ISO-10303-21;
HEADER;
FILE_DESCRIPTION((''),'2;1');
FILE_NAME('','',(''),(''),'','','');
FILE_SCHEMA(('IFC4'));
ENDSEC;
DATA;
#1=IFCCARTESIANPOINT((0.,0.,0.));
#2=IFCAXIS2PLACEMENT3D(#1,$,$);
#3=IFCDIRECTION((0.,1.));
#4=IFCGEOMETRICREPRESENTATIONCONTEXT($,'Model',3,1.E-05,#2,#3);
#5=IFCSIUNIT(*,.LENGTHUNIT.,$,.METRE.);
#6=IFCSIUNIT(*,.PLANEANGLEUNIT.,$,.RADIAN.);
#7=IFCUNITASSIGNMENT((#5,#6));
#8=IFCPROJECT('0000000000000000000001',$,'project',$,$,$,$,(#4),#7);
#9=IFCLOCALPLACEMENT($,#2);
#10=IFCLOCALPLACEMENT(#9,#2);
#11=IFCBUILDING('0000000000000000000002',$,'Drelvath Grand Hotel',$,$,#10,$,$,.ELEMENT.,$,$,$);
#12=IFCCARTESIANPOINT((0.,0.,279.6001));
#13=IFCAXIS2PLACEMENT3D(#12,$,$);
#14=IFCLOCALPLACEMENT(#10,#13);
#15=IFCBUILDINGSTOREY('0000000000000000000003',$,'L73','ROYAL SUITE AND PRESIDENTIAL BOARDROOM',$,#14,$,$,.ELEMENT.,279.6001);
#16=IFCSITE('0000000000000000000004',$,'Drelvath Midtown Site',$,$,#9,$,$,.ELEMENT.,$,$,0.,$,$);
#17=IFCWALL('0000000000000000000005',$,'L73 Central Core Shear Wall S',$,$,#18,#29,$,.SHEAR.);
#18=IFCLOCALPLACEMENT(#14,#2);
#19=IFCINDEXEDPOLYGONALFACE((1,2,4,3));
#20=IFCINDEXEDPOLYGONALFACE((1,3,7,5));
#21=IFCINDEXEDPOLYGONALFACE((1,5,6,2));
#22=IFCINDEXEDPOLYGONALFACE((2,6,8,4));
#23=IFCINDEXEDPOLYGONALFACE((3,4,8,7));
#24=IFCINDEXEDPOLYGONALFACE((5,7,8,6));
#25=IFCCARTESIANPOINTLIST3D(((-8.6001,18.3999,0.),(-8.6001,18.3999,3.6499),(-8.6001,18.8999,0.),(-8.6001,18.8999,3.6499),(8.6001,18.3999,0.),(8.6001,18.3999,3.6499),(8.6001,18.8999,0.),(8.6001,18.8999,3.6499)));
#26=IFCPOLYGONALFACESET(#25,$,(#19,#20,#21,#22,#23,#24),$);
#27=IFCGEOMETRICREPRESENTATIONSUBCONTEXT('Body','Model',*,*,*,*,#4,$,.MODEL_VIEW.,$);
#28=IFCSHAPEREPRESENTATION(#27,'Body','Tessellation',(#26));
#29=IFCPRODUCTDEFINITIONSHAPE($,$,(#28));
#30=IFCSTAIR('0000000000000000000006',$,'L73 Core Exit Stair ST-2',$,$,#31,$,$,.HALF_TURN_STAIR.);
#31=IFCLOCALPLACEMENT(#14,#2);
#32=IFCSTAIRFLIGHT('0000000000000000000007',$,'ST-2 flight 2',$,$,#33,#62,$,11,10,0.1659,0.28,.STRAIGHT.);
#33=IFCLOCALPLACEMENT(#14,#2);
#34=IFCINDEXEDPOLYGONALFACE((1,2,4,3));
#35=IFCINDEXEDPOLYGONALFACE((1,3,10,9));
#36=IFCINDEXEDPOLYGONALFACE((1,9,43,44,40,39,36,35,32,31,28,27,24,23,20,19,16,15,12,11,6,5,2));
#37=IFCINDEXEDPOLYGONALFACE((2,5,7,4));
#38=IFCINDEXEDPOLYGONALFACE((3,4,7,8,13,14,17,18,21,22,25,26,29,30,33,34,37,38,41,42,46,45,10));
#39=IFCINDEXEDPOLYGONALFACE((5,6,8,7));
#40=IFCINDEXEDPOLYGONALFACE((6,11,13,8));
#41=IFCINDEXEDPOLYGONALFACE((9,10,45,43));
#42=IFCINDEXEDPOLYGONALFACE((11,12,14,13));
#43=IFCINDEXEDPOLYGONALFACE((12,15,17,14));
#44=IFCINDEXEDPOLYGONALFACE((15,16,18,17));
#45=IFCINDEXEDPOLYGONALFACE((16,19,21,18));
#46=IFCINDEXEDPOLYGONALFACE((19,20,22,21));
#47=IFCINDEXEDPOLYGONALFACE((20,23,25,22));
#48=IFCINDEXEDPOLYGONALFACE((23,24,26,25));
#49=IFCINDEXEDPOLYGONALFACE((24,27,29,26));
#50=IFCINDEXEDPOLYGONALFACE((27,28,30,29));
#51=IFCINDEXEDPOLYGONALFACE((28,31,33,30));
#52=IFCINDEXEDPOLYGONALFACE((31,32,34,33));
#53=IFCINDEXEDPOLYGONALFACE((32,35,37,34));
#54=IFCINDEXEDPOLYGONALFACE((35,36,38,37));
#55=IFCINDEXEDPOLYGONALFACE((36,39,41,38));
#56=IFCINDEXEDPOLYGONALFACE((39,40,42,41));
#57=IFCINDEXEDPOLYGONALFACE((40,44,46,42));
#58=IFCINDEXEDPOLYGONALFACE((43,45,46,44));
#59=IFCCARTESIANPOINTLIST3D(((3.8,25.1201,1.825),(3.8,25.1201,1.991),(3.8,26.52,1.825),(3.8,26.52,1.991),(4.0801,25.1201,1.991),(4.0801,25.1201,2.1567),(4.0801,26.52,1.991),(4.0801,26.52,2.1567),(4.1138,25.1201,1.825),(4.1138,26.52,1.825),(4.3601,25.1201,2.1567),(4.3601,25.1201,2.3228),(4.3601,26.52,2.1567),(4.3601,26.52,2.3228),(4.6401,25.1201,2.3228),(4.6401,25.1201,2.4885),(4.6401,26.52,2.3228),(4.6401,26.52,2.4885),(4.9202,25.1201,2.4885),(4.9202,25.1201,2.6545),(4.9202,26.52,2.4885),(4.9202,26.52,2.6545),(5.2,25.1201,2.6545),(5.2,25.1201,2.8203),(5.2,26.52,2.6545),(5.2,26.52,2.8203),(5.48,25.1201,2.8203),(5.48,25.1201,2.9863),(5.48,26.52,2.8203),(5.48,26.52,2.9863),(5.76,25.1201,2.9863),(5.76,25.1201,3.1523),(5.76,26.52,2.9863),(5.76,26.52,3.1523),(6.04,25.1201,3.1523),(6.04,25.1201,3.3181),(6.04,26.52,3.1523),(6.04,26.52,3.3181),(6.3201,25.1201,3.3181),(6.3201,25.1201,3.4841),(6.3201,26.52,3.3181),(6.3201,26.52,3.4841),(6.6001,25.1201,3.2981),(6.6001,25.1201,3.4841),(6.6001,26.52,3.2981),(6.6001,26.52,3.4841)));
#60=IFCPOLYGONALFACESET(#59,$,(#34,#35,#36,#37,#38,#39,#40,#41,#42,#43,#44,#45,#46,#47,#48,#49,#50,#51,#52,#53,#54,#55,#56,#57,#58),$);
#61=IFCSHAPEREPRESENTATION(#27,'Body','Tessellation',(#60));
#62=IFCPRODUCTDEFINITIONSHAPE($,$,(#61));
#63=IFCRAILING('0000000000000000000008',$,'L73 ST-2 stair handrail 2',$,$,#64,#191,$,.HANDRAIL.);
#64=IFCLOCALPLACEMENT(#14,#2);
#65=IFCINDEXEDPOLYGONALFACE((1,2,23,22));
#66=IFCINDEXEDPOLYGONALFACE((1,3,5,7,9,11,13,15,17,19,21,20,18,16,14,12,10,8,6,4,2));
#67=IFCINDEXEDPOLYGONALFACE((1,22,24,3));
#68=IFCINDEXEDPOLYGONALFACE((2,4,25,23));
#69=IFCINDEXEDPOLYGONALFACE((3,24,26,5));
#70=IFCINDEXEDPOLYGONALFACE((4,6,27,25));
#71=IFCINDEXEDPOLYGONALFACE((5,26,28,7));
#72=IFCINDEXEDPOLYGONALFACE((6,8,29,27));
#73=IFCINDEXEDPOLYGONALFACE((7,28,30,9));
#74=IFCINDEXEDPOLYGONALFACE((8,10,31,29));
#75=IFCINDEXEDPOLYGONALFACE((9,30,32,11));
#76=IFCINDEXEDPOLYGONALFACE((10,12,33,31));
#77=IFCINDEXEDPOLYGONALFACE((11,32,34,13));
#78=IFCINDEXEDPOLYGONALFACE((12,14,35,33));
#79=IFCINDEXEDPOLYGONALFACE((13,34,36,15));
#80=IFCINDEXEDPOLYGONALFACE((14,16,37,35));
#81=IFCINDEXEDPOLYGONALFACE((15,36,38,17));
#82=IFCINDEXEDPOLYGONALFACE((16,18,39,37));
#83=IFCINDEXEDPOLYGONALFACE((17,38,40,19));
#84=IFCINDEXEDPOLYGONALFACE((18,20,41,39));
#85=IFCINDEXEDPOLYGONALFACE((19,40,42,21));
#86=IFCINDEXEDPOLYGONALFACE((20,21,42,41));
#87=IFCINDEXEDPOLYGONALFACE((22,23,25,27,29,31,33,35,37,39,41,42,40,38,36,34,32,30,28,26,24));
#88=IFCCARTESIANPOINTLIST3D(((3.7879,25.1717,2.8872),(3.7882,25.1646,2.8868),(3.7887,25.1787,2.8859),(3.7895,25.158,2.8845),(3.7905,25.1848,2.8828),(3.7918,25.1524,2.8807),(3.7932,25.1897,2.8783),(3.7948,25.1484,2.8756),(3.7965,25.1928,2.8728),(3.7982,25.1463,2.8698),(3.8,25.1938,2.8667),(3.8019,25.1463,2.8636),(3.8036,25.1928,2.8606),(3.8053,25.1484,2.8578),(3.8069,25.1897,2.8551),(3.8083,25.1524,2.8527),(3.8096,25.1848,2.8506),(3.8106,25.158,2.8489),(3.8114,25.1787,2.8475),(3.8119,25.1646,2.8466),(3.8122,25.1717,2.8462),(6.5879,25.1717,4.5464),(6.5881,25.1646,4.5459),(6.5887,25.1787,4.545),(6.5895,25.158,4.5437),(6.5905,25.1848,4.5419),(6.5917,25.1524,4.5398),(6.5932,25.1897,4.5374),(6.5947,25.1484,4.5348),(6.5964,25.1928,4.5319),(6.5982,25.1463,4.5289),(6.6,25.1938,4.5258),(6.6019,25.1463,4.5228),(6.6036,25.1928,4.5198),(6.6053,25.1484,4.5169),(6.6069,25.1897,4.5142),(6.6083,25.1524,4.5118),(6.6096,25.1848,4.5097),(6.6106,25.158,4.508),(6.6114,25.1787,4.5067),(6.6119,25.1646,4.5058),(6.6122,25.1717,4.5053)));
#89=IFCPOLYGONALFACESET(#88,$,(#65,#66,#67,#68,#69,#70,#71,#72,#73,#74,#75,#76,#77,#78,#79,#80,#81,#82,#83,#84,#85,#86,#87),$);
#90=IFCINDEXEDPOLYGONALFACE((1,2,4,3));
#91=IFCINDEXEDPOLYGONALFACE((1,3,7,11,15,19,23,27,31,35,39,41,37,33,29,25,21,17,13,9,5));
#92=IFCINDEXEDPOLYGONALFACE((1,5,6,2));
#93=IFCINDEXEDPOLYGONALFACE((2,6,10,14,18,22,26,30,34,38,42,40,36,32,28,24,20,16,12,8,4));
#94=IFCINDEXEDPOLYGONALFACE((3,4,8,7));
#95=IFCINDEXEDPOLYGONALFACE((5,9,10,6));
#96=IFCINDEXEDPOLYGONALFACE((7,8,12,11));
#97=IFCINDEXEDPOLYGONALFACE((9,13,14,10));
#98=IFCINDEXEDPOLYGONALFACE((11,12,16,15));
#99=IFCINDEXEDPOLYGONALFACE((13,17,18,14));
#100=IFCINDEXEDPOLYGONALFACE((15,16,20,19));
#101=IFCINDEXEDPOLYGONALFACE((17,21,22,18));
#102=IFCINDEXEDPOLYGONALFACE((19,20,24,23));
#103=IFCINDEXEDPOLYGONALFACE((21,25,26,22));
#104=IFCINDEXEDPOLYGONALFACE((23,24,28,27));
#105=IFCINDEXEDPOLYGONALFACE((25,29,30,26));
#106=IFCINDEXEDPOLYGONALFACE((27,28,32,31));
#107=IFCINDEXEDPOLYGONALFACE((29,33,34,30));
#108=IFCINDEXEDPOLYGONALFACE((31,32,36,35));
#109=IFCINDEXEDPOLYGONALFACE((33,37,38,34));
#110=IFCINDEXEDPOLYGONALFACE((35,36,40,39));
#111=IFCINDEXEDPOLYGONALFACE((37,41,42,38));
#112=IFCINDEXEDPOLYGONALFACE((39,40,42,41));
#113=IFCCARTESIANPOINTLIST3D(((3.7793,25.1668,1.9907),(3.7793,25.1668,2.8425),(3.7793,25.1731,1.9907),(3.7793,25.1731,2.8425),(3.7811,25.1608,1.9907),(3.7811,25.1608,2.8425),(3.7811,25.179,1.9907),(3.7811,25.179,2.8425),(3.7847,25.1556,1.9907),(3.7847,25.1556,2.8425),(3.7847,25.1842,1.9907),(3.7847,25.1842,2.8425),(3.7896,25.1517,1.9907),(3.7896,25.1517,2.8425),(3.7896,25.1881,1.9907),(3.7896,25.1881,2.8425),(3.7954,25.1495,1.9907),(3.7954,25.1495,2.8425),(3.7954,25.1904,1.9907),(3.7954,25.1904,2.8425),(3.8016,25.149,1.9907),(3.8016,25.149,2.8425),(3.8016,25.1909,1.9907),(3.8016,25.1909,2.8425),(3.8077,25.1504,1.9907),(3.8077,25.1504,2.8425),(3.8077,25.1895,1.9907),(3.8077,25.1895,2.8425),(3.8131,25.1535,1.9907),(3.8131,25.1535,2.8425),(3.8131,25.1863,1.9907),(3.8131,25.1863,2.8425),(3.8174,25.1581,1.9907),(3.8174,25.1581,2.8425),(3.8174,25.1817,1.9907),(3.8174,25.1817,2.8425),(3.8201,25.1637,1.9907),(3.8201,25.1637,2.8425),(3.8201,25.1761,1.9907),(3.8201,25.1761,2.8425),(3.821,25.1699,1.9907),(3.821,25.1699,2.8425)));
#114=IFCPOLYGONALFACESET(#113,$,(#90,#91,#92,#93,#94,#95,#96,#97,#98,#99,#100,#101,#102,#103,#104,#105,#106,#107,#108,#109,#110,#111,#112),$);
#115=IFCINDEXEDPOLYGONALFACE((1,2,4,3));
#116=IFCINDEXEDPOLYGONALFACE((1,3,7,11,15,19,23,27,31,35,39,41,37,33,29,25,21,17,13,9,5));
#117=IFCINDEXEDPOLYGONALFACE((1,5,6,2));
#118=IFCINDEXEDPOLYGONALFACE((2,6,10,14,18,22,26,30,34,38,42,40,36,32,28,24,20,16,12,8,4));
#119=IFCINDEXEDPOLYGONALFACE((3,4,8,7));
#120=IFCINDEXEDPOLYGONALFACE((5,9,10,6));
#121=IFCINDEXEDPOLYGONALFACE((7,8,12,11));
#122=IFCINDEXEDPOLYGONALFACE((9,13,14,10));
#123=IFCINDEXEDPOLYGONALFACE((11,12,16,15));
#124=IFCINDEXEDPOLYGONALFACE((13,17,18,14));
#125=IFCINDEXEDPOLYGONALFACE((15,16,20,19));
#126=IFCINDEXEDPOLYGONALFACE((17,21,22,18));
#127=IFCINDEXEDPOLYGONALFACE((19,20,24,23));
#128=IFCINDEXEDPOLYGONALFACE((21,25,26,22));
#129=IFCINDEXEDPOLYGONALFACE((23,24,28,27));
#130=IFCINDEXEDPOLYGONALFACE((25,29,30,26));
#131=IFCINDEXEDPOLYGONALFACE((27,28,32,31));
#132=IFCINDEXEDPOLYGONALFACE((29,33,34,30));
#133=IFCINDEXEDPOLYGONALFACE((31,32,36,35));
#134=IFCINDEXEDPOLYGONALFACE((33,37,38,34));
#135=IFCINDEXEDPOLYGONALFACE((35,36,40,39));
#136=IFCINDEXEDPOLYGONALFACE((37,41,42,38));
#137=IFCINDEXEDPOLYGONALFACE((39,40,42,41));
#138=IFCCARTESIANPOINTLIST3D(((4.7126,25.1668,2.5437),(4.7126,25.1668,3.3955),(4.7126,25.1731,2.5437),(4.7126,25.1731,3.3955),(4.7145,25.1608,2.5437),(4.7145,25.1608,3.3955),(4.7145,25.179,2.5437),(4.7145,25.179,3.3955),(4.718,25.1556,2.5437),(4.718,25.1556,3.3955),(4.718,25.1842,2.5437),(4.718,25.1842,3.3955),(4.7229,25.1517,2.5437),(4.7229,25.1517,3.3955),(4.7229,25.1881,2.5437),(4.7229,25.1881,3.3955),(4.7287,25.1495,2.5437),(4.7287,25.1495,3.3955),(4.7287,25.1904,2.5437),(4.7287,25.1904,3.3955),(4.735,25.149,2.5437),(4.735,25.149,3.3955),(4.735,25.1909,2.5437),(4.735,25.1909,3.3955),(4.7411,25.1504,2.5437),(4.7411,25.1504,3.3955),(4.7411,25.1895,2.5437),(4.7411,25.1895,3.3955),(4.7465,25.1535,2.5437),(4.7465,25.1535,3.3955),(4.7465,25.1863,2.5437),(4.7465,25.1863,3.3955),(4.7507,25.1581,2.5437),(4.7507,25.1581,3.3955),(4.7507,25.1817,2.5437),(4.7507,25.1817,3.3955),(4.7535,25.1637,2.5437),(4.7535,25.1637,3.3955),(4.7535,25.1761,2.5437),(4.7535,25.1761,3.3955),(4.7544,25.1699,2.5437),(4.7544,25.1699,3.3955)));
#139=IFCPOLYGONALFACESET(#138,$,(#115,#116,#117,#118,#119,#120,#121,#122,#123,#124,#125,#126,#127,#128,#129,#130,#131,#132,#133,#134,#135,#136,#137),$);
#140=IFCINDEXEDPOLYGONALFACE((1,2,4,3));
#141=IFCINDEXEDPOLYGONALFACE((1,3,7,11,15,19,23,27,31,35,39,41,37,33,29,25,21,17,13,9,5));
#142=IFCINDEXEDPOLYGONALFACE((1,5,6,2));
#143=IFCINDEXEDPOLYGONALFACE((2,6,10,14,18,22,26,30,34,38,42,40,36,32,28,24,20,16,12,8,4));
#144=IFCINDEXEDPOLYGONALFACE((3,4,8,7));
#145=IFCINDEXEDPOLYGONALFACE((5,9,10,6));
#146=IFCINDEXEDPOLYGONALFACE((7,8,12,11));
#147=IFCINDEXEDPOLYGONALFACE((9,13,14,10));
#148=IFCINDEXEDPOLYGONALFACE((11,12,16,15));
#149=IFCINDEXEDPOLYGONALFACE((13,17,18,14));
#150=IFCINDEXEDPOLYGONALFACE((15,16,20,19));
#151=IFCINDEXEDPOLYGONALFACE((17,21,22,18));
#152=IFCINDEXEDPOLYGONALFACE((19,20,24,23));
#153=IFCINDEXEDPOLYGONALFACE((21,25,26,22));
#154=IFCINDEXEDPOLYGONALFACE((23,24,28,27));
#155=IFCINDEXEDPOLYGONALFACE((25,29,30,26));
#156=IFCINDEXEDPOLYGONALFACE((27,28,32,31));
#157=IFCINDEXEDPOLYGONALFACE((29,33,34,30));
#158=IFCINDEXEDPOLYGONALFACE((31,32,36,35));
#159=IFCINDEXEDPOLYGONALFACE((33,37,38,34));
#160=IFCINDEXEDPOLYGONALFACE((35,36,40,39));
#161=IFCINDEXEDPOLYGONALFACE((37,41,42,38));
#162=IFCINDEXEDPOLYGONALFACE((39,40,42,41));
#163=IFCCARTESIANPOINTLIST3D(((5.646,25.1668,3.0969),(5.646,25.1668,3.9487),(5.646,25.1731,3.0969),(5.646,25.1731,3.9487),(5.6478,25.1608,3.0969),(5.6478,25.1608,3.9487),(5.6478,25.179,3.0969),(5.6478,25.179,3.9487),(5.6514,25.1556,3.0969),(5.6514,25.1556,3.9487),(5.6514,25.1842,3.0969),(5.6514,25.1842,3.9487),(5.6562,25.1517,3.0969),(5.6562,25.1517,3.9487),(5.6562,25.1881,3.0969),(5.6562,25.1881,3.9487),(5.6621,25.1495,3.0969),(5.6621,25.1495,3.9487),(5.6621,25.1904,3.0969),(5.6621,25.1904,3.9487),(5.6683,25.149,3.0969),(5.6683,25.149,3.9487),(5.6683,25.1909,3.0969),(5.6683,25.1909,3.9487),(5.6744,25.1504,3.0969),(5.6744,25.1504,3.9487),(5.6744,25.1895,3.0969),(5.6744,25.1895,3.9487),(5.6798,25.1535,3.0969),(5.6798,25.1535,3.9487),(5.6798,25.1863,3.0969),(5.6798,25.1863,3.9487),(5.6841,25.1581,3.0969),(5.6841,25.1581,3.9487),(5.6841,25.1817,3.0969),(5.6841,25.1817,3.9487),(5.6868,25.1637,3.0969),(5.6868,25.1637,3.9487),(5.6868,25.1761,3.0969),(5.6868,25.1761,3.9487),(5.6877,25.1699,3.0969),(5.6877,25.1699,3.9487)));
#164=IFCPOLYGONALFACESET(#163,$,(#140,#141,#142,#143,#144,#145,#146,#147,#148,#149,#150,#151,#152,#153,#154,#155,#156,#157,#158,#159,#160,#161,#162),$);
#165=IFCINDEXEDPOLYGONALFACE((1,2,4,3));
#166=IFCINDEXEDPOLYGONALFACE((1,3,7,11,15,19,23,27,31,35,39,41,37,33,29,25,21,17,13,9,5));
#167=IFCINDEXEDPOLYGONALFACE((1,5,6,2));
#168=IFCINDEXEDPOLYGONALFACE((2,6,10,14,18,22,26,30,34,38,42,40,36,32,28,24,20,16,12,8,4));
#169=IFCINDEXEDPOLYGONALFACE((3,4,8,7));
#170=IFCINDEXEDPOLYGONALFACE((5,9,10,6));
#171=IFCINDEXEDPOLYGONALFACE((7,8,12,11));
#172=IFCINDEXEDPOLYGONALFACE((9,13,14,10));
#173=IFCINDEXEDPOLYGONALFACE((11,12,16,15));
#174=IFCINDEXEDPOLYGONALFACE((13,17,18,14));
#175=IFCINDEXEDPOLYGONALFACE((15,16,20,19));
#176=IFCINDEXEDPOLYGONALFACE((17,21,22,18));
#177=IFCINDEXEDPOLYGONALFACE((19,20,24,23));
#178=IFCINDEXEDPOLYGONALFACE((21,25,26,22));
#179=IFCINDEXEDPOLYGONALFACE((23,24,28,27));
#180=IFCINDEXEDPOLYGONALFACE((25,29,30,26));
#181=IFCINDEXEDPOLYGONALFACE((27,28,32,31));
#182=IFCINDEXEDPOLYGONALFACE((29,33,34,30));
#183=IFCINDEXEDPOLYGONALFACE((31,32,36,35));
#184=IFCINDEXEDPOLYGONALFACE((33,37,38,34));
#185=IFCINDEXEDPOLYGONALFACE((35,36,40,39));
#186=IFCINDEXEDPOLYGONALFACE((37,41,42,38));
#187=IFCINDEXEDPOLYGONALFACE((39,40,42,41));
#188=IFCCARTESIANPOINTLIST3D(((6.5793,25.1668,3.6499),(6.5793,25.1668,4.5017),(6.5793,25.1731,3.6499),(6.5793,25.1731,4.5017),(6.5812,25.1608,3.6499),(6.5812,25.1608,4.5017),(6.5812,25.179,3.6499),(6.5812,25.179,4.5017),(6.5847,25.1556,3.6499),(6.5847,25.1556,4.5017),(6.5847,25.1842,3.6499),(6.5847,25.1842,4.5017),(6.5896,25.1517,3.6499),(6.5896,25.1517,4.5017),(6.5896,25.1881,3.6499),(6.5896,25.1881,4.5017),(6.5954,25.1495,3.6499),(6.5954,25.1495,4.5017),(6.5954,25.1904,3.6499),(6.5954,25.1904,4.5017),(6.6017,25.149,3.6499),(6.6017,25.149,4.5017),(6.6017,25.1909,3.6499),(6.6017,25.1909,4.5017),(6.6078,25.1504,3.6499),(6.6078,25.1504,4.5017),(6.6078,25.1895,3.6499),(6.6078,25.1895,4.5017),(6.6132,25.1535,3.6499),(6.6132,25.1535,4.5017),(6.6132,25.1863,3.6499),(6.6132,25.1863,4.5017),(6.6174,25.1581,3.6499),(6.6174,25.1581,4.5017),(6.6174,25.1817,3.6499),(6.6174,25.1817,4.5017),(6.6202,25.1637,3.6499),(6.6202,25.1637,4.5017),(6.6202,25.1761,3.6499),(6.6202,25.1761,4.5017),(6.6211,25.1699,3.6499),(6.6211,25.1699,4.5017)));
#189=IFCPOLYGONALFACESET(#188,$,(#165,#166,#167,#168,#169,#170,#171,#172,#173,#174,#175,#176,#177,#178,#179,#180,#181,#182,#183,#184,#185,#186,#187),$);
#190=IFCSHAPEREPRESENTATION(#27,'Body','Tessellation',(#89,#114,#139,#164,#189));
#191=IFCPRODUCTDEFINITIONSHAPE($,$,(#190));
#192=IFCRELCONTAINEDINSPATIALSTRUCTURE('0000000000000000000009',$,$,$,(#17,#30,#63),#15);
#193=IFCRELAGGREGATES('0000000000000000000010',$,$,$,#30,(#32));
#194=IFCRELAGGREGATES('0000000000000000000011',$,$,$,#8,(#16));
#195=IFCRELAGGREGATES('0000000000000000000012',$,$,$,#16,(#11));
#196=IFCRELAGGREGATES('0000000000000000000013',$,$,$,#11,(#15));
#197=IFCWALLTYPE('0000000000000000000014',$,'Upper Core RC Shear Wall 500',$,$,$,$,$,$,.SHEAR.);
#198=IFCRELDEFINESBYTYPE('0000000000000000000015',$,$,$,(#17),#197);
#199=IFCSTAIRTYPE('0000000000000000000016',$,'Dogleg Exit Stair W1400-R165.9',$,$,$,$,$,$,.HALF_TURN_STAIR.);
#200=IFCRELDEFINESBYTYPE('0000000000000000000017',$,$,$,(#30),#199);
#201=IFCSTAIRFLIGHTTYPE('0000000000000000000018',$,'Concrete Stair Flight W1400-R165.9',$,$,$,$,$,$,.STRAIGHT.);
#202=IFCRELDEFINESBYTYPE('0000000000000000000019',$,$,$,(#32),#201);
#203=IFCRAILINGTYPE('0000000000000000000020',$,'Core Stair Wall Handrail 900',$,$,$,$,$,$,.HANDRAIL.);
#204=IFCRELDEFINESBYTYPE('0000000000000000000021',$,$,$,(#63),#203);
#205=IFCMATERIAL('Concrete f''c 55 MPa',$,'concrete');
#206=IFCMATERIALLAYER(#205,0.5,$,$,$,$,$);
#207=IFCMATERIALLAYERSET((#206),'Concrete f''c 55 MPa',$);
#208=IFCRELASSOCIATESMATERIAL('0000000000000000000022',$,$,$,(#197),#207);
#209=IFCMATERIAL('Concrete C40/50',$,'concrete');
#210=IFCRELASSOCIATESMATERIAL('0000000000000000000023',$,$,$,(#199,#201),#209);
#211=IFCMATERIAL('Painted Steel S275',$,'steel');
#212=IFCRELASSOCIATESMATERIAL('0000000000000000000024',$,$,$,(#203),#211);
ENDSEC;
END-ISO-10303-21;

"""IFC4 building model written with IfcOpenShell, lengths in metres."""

from ifc_helpers import new_model, si_unit, direction, frame, frame_2d, origin, origin_2d, place, context, subcontext, project, spatial, polyline, rectangle, circle, outline, extrude, material, layer, layer_set, type_object, element, aggregate, save


model = new_model("IFC4")

# Units and contexts
model_context = context("Model", 3, precision=1e-05, world=origin(), true_north=direction((0.0, 1.0)))
body_context = subcontext(model_context, "Body", "Model", "MODEL_VIEW")
ifc_project = project(units=[si_unit("LENGTHUNIT", "METRE"), si_unit("PLANEANGLEUNIT", "RADIAN")], contexts=[model_context])

# Site, building, storey
site_placement = place(None, origin())
site = spatial("IfcSite", under=ifc_project, at=site_placement, Name="Drelvath Midtown Site", CompositionType="ELEMENT", RefElevation=0.0)
building_placement = place(site_placement, origin())
building = spatial("IfcBuilding", under=site, at=building_placement, Name="Drelvath Grand Hotel", CompositionType="ELEMENT")
storey_placement = place(building_placement, frame((0.0, 0.0, 279.6001)))
storey = spatial("IfcBuildingStorey", under=building, at=storey_placement, Name="L73", Description="ROYAL SUITE AND PRESIDENTIAL BOARDROOM", CompositionType="ELEMENT", Elevation=279.6001)

# Shared definitions
ifc_material_1 = material(Name="Concrete f'c 55 MPa", Category="concrete")

# Shared definitions
ifc_material_2 = material(Name="Concrete C40/50", Category="concrete")

# Wall
ifc_layer_1 = layer(ifc_material_1, 0.5)
ifc_layer_set_1 = layer_set([ifc_layer_1], Name="Concrete f'c 55 MPa")
wall_type_1 = type_object("IfcWallType", Name="Upper Core RC Shear Wall 500", PredefinedType="SHEAR", material=ifc_layer_set_1)
wall_1_placement = place(storey_placement, frame((8.6001, 18.6499, 0.0), z_axis=(0.0, 0.0, 1.0), x_axis=(-1.0, 0.0, 0.0)))
element("IfcWall", 1, at=wall_1_placement, inside=storey, type_object=wall_type_1, Name="L73 Central Core Shear Wall S", PredefinedType="SHEAR", context=body_context, shape_type="SweptSolid", body=[
    extrude(rectangle(XDim=17.2002, YDim=0.5, at=frame_2d((8.6001, 0.0))), origin(), (0.0, 0.0, 1.0), 3.6499),
])

# Stair, stair flight
stair_type = type_object("IfcStairType", Name="Dogleg Exit Stair W1400-R165.9", PredefinedType="HALF_TURN_STAIR", material=ifc_material_2)
stair_placement = place(storey_placement, origin())
stair = element("IfcStair", 2, at=stair_placement, inside=storey, type_object=stair_type, Name="L73 Core Exit Stair ST-2", PredefinedType="HALF_TURN_STAIR")
stair_flight_type = type_object("IfcStairFlightType", Name="Concrete Stair Flight W1400-R165.9", PredefinedType="STRAIGHT", material=ifc_material_2)
stair_flight_placement = place(storey_placement, frame((3.8, 25.8201, 1.825), z_axis=(0.0, 0.0, 1.0), x_axis=(1.0, 0.0, 0.0)))
stair_flight = element("IfcStairFlight", 3, at=stair_flight_placement, type_object=stair_flight_type, Name="ST-2 flight 2", NumberOfRisers=11, NumberOfTreads=10, PredefinedType="STRAIGHT", RiserHeight=0.1659, TreadLength=0.28, context=body_context, shape_type="SweptSolid", body=[
    extrude(outline(polyline([(0.0, 0.0), (0.0, 0.166), (0.28, 0.166), (0.28, 0.3318), (0.5601, 0.3318), (0.5601, 0.4978), (0.8401, 0.4978), (0.8401, 0.6636), (1.1201, 0.6636), (1.1201, 0.8296), (1.3999, 0.8296), (1.3999, 0.9954), (1.6799, 0.9954), (1.6799, 1.1614), (1.96, 1.1614), (1.96, 1.3274), (2.24, 1.3274), (2.24, 1.4932), (2.52, 1.4932), (2.52, 1.6592), (2.8, 1.6592), (2.8, 1.825), (2.8, 1.4731), (0.3137, 0.0), (0.0, 0.0)])), frame((0.0, 0.7, 0.0), z_axis=(0.0, -1.0, 0.0), x_axis=(1.0, 0.0, 0.0)), (0.0, 0.0, 1.0), 1.3999),
])
aggregate(stair, [stair_flight])

# Railing
ifc_material_3 = material(Name="Painted Steel S275", Category="steel")
railing_type_1 = type_object("IfcRailingType", Name="Core Stair Wall Handrail 900", PredefinedType="HANDRAIL", material=ifc_material_3)
railing_1_placement = place(storey_placement, frame((3.8, 25.1699, 1.9907)))
element("IfcRailing", 4, at=railing_1_placement, inside=storey, type_object=railing_type_1, Name="L73 ST-2 stair handrail 2", PredefinedType="HANDRAIL", context=body_context, shape_type="SweptSolid", body=[
    extrude(circle(Radius=0.0239, at=origin_2d()), frame((0.0, 0.0, 0.876), z_axis=(0.860306, 0.0, 0.509778), x_axis=(0.0, 1.0, 0.0)), (0.0, 0.0, 1.0), 3.2546),
    extrude(circle(Radius=0.021, at=origin_2d()), origin(), (0.0, 0.0, 1.0), 0.8518),
    extrude(circle(Radius=0.021, at=origin_2d()), frame((0.9333, 0.0, 0.553)), (0.0, 0.0, 1.0), 0.8518),
    extrude(circle(Radius=0.021, at=origin_2d()), frame((1.8667, 0.0, 1.1062)), (0.0, 0.0, 1.0), 0.8518),
    extrude(circle(Radius=0.021, at=origin_2d()), frame((2.8, 0.0, 1.6592)), (0.0, 0.0, 1.0), 0.8518),
])

save(model, "model.ifc")
